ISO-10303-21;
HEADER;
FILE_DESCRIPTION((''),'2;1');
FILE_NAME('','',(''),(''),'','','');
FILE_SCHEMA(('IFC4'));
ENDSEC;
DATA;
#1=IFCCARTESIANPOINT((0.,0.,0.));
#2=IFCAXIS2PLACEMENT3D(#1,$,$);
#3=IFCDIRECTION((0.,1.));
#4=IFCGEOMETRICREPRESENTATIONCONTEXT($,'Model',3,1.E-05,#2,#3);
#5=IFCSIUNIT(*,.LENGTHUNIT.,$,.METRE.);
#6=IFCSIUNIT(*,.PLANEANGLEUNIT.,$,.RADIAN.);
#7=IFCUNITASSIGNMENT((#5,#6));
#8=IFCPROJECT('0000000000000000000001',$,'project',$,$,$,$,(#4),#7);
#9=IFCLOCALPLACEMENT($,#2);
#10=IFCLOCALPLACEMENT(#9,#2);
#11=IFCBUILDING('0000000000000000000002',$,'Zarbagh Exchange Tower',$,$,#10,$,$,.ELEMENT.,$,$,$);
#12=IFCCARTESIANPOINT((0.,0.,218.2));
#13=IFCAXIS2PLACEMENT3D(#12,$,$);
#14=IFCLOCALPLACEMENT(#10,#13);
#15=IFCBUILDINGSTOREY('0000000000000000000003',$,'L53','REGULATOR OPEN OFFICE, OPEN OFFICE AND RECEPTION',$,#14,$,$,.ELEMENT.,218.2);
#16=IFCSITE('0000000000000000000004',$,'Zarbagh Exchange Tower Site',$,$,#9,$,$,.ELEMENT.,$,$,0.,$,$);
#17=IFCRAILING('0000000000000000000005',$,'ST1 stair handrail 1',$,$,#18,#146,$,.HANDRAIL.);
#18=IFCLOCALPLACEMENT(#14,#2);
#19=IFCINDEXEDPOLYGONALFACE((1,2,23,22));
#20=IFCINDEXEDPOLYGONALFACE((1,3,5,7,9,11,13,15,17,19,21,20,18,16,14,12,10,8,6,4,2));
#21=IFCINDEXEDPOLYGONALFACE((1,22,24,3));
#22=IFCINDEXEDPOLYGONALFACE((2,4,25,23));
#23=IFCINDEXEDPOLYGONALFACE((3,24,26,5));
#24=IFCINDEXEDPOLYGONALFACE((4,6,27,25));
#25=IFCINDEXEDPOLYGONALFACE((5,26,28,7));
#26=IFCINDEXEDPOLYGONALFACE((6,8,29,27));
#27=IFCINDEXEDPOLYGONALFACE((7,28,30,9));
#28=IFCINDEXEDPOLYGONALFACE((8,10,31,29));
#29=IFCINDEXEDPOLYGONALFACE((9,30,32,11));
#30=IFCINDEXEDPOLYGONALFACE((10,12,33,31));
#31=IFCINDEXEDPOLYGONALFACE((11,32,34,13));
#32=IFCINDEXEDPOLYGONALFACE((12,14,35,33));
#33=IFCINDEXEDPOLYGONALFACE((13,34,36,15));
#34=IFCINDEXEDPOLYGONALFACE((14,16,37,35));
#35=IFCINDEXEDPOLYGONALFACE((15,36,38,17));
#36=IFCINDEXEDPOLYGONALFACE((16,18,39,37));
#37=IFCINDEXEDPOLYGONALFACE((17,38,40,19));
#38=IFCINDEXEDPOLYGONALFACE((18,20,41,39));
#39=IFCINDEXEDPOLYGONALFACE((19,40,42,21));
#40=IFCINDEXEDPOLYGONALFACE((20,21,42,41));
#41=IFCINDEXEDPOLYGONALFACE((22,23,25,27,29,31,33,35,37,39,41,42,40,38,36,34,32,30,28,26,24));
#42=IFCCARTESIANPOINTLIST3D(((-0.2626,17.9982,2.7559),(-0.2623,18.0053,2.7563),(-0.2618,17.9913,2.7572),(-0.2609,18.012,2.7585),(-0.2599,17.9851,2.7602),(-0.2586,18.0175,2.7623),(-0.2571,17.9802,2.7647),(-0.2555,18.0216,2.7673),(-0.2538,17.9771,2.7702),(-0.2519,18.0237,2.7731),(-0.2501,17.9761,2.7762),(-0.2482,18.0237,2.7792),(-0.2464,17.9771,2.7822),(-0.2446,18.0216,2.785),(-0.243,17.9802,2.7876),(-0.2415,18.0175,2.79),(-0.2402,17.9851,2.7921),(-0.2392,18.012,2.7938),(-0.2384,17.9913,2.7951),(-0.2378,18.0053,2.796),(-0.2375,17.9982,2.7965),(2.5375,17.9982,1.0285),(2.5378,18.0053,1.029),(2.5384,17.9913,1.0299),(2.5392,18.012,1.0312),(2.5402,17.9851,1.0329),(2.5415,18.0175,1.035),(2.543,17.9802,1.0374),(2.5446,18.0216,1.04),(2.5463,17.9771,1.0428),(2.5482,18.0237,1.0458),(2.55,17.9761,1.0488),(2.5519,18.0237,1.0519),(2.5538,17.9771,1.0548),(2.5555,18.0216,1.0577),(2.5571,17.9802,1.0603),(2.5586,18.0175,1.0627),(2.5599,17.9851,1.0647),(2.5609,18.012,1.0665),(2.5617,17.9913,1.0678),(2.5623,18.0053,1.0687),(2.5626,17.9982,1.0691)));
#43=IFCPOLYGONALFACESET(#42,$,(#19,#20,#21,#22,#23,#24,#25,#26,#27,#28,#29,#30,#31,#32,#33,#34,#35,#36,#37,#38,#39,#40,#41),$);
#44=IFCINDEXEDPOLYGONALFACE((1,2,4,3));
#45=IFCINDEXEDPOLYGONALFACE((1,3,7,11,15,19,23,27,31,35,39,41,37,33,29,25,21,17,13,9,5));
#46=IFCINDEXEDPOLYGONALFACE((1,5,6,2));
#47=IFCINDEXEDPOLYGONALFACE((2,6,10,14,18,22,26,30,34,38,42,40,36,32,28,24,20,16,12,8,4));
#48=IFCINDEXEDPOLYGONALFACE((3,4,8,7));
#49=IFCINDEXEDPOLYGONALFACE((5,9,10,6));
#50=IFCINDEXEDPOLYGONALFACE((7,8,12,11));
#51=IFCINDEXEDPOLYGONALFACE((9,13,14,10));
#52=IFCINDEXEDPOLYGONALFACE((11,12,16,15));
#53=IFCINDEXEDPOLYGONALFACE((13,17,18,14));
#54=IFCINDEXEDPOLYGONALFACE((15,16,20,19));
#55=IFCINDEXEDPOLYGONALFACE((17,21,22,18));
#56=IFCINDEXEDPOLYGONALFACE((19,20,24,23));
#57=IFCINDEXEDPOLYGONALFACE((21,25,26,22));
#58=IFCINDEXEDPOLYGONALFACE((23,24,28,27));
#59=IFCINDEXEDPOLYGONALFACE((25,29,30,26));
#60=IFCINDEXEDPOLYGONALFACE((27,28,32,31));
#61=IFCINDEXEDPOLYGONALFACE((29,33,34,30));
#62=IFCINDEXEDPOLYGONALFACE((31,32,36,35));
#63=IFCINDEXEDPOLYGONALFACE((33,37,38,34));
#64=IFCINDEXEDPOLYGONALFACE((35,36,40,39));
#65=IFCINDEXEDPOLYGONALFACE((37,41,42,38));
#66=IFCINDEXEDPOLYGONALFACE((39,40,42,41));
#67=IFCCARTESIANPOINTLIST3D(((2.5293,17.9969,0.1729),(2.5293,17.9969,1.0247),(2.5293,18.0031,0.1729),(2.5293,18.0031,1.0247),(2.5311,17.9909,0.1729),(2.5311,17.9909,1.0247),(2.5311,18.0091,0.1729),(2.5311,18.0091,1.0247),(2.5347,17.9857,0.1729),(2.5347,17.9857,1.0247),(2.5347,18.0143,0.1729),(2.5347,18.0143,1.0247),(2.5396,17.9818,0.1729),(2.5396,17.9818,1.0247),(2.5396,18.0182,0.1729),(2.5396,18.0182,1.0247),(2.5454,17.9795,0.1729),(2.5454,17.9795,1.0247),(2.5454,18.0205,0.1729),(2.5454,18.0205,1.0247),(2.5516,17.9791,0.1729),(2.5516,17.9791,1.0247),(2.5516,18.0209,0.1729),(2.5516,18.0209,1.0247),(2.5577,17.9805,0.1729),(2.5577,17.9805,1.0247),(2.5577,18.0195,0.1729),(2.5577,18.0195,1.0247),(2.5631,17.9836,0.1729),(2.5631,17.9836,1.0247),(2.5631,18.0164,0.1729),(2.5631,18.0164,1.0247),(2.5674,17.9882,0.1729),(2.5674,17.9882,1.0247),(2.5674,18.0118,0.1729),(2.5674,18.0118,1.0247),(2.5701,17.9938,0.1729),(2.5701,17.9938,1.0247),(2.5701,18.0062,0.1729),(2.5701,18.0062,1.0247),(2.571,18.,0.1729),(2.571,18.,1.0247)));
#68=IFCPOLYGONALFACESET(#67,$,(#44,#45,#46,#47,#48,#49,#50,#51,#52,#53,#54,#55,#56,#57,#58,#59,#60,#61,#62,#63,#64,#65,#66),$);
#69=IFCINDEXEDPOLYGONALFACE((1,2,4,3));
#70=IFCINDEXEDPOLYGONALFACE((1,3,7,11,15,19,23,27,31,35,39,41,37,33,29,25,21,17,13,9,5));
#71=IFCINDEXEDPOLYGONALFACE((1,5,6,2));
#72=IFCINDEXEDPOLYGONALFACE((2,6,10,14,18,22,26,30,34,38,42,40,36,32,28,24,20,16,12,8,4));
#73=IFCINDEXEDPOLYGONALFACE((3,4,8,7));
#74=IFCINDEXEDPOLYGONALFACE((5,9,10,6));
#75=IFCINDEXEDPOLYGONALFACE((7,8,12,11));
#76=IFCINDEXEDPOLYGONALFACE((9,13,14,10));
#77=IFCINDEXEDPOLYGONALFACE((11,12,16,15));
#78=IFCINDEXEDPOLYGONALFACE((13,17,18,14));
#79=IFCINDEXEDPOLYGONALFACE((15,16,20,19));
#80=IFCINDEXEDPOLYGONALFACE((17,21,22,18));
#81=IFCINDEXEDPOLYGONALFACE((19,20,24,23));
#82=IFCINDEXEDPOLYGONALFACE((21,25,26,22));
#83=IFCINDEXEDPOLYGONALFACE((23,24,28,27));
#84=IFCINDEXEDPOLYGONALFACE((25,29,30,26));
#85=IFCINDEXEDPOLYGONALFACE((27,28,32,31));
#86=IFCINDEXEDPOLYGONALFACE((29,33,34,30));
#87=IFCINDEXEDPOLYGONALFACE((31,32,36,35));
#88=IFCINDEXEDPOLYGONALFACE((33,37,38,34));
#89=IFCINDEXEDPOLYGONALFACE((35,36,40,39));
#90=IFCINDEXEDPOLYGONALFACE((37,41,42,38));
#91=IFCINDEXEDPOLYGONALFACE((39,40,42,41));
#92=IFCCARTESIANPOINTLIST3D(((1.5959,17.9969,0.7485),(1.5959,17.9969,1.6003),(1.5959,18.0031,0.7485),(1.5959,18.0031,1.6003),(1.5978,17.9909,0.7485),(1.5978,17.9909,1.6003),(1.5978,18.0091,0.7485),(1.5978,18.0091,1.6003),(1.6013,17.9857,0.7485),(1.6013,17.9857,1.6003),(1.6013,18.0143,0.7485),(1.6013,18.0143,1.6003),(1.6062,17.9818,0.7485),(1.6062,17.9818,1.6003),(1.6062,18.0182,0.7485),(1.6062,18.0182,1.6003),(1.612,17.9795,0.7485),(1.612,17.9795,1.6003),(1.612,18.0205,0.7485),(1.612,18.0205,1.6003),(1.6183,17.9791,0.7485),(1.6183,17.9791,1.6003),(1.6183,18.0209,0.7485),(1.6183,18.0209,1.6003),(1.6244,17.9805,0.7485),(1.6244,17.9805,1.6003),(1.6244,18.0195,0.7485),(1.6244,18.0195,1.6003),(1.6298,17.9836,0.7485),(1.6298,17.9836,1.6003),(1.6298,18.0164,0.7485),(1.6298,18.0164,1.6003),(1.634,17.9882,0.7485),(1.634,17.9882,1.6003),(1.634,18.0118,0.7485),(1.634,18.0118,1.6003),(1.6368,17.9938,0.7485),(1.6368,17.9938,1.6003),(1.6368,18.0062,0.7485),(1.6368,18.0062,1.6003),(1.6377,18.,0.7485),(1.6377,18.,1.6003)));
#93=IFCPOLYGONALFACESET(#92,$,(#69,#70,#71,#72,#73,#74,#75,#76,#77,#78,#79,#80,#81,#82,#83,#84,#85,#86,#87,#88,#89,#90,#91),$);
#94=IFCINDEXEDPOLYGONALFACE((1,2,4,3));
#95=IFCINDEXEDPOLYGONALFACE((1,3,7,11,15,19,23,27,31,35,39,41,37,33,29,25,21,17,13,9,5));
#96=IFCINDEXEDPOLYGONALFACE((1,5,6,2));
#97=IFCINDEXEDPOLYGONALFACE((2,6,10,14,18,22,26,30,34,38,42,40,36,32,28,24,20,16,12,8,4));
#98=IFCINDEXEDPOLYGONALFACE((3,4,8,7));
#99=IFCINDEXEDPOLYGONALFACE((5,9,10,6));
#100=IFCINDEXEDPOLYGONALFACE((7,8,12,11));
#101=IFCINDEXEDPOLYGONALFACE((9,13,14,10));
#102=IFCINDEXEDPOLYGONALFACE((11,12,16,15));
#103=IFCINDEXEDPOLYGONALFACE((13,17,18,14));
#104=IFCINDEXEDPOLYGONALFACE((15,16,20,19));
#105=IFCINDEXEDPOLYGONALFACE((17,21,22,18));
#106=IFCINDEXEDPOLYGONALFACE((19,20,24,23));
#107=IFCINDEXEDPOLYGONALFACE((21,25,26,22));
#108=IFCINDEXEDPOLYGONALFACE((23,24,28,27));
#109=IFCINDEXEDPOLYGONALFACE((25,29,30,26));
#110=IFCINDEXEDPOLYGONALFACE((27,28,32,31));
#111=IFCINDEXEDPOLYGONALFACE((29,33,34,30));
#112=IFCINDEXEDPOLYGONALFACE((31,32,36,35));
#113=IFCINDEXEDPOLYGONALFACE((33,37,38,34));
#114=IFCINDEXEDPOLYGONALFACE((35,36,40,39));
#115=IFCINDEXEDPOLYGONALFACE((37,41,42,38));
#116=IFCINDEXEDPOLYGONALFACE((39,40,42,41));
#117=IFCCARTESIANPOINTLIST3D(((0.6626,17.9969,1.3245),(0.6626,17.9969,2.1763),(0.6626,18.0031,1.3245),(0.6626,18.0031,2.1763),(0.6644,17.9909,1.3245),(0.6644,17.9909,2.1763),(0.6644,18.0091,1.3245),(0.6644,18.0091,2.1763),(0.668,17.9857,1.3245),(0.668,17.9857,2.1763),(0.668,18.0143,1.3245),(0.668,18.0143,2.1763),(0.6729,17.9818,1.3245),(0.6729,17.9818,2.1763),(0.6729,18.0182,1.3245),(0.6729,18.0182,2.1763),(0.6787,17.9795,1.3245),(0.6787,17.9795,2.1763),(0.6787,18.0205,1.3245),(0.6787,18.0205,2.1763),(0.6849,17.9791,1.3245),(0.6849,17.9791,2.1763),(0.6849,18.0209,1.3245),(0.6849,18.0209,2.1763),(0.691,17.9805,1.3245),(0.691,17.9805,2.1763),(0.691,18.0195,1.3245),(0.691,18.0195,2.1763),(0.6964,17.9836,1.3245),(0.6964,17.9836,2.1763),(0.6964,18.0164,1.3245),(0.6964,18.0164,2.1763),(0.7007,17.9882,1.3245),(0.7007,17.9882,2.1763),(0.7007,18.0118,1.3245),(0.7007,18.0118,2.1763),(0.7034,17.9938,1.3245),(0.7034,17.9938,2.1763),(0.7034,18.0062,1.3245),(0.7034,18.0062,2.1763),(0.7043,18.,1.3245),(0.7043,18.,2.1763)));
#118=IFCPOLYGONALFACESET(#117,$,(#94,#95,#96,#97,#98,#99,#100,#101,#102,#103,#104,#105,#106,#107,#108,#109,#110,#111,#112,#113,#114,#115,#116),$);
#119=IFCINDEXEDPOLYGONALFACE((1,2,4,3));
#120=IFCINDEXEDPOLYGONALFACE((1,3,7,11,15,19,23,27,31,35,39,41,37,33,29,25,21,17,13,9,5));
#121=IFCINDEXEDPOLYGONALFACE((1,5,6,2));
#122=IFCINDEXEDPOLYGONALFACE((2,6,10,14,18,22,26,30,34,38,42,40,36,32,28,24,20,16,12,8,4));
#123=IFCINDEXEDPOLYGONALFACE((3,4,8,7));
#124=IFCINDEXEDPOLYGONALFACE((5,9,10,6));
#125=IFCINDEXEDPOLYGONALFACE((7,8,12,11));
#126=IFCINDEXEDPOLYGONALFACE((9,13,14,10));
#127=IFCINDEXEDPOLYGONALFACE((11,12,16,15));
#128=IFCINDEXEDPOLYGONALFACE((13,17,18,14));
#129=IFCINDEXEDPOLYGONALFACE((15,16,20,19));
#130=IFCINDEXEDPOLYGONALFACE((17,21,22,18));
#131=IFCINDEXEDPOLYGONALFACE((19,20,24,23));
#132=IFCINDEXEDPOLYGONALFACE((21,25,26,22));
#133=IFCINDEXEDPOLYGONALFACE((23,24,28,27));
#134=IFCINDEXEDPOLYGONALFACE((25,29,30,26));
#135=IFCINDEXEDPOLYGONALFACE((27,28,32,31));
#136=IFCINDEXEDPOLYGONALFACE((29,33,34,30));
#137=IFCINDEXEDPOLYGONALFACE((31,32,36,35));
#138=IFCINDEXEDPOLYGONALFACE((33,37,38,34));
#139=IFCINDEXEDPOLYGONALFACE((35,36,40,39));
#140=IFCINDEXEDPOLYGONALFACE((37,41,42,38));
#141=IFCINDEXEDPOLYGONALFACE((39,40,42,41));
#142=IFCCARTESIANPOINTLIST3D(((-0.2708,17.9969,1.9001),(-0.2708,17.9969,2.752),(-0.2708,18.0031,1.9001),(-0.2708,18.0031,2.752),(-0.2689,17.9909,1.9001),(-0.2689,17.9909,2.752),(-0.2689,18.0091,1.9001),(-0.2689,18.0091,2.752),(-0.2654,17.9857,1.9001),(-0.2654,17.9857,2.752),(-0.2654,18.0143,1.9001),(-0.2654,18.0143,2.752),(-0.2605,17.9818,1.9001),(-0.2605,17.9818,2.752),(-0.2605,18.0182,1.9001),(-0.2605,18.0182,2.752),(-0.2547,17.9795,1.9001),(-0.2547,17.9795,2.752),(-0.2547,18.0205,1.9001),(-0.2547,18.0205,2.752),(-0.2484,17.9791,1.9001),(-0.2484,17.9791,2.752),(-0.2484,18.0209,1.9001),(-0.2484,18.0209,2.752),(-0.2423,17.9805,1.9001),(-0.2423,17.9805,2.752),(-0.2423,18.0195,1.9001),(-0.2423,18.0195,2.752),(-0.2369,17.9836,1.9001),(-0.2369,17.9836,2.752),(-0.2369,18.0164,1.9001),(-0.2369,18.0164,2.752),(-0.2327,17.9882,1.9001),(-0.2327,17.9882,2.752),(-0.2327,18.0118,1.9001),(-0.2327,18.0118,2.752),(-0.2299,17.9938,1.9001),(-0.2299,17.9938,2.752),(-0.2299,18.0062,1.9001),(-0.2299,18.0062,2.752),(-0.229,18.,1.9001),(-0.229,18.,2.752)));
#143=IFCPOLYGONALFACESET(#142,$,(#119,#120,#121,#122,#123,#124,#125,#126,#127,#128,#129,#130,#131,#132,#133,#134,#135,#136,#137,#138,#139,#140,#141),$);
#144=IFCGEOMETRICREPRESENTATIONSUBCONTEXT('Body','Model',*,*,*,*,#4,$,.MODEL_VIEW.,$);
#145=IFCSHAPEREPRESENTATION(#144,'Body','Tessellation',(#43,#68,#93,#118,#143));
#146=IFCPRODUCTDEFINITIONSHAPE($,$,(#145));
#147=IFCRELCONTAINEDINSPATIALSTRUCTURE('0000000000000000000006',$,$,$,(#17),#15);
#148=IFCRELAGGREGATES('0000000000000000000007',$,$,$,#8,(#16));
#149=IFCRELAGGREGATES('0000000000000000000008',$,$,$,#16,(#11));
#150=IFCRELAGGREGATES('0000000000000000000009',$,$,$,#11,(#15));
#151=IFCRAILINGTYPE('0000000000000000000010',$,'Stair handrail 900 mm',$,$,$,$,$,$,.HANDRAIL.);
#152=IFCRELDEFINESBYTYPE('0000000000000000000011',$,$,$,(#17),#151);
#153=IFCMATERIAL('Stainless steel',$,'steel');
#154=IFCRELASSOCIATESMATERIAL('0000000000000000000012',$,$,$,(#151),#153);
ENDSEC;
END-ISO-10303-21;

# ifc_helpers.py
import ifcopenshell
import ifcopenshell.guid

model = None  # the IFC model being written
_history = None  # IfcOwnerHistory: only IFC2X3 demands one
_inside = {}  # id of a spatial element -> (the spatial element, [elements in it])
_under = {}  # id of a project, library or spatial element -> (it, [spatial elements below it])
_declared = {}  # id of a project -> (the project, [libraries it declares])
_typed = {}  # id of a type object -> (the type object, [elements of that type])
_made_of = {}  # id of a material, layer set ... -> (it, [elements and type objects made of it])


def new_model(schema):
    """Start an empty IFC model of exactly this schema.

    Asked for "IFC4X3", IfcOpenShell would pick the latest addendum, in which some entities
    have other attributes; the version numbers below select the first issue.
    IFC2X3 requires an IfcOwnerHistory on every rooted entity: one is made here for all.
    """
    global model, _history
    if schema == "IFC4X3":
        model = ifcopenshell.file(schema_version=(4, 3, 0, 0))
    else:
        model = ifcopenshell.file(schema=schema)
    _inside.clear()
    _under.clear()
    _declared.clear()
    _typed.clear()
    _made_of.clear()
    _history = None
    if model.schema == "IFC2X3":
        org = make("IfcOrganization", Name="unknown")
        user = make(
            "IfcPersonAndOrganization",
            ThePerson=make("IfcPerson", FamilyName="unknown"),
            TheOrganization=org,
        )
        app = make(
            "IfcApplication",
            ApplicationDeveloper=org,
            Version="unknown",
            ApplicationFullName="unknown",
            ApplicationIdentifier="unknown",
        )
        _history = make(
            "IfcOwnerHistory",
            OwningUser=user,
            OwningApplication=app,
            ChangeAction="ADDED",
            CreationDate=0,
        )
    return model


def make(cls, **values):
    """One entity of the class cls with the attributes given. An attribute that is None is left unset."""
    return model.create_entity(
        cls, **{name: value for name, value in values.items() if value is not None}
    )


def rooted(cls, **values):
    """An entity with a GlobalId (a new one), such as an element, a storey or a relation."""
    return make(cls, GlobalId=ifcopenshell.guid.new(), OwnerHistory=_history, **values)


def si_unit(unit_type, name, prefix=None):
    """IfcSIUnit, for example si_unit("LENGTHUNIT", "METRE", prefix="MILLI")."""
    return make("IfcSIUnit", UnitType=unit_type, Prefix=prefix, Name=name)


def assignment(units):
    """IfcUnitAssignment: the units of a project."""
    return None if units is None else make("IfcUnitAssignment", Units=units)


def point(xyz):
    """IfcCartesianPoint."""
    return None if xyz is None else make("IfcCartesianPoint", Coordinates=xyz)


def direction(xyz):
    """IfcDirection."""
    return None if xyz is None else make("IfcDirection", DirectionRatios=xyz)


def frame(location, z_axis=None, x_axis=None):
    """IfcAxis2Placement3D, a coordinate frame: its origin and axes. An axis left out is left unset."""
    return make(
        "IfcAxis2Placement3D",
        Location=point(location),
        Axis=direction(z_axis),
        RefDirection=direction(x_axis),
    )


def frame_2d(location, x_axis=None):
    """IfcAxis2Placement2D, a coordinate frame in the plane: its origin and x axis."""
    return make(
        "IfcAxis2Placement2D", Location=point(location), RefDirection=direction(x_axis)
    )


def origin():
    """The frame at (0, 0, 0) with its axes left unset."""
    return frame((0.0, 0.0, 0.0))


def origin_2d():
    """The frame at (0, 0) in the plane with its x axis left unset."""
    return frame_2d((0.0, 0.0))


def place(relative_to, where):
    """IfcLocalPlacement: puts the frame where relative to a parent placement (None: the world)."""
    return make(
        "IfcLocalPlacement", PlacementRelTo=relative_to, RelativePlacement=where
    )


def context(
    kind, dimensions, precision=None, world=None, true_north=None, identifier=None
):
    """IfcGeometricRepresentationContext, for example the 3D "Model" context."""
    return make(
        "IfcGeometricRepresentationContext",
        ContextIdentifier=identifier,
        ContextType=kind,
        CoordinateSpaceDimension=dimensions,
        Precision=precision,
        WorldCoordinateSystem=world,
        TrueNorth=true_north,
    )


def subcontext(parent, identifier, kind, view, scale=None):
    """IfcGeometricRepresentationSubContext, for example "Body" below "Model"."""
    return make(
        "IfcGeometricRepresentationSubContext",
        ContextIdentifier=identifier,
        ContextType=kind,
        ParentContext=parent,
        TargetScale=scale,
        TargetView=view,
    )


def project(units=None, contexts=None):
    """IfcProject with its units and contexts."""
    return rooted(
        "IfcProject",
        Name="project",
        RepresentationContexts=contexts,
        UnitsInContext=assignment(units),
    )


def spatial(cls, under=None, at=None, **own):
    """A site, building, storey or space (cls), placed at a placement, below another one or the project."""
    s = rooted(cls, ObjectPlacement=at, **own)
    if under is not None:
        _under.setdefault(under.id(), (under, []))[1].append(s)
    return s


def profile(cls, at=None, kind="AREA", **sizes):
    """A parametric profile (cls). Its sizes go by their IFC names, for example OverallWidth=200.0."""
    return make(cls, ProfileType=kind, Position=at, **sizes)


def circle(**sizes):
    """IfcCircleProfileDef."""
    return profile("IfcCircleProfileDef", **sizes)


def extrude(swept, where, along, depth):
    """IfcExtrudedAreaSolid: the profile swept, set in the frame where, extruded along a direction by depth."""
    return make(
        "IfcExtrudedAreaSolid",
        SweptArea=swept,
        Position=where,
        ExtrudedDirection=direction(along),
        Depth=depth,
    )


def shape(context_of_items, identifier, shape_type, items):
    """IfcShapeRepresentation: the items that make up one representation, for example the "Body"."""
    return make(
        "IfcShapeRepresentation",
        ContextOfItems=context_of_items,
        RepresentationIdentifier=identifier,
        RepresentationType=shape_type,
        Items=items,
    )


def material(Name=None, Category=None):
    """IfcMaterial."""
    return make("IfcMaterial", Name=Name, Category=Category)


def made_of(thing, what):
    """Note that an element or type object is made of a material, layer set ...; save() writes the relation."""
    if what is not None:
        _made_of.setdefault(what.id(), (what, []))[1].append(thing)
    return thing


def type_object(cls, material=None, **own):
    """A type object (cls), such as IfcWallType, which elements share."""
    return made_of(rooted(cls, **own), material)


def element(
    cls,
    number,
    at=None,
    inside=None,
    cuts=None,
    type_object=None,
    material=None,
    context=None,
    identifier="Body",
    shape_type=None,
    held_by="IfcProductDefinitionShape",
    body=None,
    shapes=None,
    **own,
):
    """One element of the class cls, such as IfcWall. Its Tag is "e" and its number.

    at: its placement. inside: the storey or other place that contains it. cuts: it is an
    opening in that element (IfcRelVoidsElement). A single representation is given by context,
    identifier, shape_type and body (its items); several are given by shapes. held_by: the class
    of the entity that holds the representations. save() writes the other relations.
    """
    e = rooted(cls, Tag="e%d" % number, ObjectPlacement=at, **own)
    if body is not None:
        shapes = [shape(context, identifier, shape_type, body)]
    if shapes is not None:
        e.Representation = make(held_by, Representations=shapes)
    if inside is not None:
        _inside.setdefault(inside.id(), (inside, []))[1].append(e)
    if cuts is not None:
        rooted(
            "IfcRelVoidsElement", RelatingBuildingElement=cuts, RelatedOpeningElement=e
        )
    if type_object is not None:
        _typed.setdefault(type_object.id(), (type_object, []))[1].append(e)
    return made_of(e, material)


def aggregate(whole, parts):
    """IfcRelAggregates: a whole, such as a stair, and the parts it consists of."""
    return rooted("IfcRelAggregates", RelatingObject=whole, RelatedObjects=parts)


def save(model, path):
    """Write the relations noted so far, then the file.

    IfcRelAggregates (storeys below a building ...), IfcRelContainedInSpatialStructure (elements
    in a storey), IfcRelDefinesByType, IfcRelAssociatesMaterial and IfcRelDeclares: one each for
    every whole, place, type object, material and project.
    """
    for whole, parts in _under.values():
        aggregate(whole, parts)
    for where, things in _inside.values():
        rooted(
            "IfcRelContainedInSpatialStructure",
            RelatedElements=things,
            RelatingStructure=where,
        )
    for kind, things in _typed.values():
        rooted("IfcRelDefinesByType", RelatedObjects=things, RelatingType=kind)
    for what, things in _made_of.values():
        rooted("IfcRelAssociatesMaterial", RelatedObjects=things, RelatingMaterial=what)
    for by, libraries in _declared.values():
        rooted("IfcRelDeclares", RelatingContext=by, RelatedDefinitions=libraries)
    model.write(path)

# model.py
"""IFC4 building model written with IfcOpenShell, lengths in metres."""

from ifc_helpers import new_model, si_unit, direction, frame, origin, origin_2d, place, context, subcontext, project, spatial, circle, extrude, material, type_object, element, save


model = new_model("IFC4")

# Units and contexts
model_context = context("Model", 3, precision=1e-05, world=origin(), true_north=direction((0.0, 1.0)))
body_context = subcontext(model_context, "Body", "Model", "MODEL_VIEW")
ifc_project = project(units=[si_unit("LENGTHUNIT", "METRE"), si_unit("PLANEANGLEUNIT", "RADIAN")], contexts=[model_context])

# Site, building, storey
site_placement = place(None, origin())
site = spatial("IfcSite", under=ifc_project, at=site_placement, Name="Zarbagh Exchange Tower Site", CompositionType="ELEMENT", RefElevation=0.0)
building_placement = place(site_placement, origin())
building = spatial("IfcBuilding", under=site, at=building_placement, Name="Zarbagh Exchange Tower", CompositionType="ELEMENT")
storey_placement = place(building_placement, frame((0.0, 0.0, 218.2)))
storey = spatial("IfcBuildingStorey", under=building, at=storey_placement, Name="L53", Description="REGULATOR OPEN OFFICE, OPEN OFFICE AND RECEPTION", CompositionType="ELEMENT", Elevation=218.2)

# Railing
ifc_material_1 = material(Name="Stainless steel", Category="steel")
railing_type_1 = type_object("IfcRailingType", Name="Stair handrail 900 mm", PredefinedType="HANDRAIL", material=ifc_material_1)
railing_1_placement = place(storey_placement, frame((2.55, 18.0, 0.1729)))
element("IfcRailing", 1, at=railing_1_placement, inside=storey, type_object=railing_type_1, Name="ST1 stair handrail 1", PredefinedType="HANDRAIL", context=body_context, shape_type="SweptSolid", body=[
    extrude(circle(Radius=0.0239, at=origin_2d()), frame((0.0, 0.0, 0.876), z_axis=(-0.85109, 0.0, 0.52502), x_axis=(0.0, -1.0, 0.0)), (0.0, 0.0, 1.0), 3.29),
    extrude(circle(Radius=0.021, at=origin_2d()), origin(), (0.0, 0.0, 1.0), 0.8518),
    extrude(circle(Radius=0.021, at=origin_2d()), frame((-0.9333, 0.0, 0.5757)), (0.0, 0.0, 1.0), 0.8518),
    extrude(circle(Radius=0.021, at=origin_2d()), frame((-1.8667, 0.0, 1.1516)), (0.0, 0.0, 1.0), 0.8518),
    extrude(circle(Radius=0.021, at=origin_2d()), frame((-2.8, 0.0, 1.7273)), (0.0, 0.0, 1.0), 0.8518),
])

save(model, "model.ifc")
